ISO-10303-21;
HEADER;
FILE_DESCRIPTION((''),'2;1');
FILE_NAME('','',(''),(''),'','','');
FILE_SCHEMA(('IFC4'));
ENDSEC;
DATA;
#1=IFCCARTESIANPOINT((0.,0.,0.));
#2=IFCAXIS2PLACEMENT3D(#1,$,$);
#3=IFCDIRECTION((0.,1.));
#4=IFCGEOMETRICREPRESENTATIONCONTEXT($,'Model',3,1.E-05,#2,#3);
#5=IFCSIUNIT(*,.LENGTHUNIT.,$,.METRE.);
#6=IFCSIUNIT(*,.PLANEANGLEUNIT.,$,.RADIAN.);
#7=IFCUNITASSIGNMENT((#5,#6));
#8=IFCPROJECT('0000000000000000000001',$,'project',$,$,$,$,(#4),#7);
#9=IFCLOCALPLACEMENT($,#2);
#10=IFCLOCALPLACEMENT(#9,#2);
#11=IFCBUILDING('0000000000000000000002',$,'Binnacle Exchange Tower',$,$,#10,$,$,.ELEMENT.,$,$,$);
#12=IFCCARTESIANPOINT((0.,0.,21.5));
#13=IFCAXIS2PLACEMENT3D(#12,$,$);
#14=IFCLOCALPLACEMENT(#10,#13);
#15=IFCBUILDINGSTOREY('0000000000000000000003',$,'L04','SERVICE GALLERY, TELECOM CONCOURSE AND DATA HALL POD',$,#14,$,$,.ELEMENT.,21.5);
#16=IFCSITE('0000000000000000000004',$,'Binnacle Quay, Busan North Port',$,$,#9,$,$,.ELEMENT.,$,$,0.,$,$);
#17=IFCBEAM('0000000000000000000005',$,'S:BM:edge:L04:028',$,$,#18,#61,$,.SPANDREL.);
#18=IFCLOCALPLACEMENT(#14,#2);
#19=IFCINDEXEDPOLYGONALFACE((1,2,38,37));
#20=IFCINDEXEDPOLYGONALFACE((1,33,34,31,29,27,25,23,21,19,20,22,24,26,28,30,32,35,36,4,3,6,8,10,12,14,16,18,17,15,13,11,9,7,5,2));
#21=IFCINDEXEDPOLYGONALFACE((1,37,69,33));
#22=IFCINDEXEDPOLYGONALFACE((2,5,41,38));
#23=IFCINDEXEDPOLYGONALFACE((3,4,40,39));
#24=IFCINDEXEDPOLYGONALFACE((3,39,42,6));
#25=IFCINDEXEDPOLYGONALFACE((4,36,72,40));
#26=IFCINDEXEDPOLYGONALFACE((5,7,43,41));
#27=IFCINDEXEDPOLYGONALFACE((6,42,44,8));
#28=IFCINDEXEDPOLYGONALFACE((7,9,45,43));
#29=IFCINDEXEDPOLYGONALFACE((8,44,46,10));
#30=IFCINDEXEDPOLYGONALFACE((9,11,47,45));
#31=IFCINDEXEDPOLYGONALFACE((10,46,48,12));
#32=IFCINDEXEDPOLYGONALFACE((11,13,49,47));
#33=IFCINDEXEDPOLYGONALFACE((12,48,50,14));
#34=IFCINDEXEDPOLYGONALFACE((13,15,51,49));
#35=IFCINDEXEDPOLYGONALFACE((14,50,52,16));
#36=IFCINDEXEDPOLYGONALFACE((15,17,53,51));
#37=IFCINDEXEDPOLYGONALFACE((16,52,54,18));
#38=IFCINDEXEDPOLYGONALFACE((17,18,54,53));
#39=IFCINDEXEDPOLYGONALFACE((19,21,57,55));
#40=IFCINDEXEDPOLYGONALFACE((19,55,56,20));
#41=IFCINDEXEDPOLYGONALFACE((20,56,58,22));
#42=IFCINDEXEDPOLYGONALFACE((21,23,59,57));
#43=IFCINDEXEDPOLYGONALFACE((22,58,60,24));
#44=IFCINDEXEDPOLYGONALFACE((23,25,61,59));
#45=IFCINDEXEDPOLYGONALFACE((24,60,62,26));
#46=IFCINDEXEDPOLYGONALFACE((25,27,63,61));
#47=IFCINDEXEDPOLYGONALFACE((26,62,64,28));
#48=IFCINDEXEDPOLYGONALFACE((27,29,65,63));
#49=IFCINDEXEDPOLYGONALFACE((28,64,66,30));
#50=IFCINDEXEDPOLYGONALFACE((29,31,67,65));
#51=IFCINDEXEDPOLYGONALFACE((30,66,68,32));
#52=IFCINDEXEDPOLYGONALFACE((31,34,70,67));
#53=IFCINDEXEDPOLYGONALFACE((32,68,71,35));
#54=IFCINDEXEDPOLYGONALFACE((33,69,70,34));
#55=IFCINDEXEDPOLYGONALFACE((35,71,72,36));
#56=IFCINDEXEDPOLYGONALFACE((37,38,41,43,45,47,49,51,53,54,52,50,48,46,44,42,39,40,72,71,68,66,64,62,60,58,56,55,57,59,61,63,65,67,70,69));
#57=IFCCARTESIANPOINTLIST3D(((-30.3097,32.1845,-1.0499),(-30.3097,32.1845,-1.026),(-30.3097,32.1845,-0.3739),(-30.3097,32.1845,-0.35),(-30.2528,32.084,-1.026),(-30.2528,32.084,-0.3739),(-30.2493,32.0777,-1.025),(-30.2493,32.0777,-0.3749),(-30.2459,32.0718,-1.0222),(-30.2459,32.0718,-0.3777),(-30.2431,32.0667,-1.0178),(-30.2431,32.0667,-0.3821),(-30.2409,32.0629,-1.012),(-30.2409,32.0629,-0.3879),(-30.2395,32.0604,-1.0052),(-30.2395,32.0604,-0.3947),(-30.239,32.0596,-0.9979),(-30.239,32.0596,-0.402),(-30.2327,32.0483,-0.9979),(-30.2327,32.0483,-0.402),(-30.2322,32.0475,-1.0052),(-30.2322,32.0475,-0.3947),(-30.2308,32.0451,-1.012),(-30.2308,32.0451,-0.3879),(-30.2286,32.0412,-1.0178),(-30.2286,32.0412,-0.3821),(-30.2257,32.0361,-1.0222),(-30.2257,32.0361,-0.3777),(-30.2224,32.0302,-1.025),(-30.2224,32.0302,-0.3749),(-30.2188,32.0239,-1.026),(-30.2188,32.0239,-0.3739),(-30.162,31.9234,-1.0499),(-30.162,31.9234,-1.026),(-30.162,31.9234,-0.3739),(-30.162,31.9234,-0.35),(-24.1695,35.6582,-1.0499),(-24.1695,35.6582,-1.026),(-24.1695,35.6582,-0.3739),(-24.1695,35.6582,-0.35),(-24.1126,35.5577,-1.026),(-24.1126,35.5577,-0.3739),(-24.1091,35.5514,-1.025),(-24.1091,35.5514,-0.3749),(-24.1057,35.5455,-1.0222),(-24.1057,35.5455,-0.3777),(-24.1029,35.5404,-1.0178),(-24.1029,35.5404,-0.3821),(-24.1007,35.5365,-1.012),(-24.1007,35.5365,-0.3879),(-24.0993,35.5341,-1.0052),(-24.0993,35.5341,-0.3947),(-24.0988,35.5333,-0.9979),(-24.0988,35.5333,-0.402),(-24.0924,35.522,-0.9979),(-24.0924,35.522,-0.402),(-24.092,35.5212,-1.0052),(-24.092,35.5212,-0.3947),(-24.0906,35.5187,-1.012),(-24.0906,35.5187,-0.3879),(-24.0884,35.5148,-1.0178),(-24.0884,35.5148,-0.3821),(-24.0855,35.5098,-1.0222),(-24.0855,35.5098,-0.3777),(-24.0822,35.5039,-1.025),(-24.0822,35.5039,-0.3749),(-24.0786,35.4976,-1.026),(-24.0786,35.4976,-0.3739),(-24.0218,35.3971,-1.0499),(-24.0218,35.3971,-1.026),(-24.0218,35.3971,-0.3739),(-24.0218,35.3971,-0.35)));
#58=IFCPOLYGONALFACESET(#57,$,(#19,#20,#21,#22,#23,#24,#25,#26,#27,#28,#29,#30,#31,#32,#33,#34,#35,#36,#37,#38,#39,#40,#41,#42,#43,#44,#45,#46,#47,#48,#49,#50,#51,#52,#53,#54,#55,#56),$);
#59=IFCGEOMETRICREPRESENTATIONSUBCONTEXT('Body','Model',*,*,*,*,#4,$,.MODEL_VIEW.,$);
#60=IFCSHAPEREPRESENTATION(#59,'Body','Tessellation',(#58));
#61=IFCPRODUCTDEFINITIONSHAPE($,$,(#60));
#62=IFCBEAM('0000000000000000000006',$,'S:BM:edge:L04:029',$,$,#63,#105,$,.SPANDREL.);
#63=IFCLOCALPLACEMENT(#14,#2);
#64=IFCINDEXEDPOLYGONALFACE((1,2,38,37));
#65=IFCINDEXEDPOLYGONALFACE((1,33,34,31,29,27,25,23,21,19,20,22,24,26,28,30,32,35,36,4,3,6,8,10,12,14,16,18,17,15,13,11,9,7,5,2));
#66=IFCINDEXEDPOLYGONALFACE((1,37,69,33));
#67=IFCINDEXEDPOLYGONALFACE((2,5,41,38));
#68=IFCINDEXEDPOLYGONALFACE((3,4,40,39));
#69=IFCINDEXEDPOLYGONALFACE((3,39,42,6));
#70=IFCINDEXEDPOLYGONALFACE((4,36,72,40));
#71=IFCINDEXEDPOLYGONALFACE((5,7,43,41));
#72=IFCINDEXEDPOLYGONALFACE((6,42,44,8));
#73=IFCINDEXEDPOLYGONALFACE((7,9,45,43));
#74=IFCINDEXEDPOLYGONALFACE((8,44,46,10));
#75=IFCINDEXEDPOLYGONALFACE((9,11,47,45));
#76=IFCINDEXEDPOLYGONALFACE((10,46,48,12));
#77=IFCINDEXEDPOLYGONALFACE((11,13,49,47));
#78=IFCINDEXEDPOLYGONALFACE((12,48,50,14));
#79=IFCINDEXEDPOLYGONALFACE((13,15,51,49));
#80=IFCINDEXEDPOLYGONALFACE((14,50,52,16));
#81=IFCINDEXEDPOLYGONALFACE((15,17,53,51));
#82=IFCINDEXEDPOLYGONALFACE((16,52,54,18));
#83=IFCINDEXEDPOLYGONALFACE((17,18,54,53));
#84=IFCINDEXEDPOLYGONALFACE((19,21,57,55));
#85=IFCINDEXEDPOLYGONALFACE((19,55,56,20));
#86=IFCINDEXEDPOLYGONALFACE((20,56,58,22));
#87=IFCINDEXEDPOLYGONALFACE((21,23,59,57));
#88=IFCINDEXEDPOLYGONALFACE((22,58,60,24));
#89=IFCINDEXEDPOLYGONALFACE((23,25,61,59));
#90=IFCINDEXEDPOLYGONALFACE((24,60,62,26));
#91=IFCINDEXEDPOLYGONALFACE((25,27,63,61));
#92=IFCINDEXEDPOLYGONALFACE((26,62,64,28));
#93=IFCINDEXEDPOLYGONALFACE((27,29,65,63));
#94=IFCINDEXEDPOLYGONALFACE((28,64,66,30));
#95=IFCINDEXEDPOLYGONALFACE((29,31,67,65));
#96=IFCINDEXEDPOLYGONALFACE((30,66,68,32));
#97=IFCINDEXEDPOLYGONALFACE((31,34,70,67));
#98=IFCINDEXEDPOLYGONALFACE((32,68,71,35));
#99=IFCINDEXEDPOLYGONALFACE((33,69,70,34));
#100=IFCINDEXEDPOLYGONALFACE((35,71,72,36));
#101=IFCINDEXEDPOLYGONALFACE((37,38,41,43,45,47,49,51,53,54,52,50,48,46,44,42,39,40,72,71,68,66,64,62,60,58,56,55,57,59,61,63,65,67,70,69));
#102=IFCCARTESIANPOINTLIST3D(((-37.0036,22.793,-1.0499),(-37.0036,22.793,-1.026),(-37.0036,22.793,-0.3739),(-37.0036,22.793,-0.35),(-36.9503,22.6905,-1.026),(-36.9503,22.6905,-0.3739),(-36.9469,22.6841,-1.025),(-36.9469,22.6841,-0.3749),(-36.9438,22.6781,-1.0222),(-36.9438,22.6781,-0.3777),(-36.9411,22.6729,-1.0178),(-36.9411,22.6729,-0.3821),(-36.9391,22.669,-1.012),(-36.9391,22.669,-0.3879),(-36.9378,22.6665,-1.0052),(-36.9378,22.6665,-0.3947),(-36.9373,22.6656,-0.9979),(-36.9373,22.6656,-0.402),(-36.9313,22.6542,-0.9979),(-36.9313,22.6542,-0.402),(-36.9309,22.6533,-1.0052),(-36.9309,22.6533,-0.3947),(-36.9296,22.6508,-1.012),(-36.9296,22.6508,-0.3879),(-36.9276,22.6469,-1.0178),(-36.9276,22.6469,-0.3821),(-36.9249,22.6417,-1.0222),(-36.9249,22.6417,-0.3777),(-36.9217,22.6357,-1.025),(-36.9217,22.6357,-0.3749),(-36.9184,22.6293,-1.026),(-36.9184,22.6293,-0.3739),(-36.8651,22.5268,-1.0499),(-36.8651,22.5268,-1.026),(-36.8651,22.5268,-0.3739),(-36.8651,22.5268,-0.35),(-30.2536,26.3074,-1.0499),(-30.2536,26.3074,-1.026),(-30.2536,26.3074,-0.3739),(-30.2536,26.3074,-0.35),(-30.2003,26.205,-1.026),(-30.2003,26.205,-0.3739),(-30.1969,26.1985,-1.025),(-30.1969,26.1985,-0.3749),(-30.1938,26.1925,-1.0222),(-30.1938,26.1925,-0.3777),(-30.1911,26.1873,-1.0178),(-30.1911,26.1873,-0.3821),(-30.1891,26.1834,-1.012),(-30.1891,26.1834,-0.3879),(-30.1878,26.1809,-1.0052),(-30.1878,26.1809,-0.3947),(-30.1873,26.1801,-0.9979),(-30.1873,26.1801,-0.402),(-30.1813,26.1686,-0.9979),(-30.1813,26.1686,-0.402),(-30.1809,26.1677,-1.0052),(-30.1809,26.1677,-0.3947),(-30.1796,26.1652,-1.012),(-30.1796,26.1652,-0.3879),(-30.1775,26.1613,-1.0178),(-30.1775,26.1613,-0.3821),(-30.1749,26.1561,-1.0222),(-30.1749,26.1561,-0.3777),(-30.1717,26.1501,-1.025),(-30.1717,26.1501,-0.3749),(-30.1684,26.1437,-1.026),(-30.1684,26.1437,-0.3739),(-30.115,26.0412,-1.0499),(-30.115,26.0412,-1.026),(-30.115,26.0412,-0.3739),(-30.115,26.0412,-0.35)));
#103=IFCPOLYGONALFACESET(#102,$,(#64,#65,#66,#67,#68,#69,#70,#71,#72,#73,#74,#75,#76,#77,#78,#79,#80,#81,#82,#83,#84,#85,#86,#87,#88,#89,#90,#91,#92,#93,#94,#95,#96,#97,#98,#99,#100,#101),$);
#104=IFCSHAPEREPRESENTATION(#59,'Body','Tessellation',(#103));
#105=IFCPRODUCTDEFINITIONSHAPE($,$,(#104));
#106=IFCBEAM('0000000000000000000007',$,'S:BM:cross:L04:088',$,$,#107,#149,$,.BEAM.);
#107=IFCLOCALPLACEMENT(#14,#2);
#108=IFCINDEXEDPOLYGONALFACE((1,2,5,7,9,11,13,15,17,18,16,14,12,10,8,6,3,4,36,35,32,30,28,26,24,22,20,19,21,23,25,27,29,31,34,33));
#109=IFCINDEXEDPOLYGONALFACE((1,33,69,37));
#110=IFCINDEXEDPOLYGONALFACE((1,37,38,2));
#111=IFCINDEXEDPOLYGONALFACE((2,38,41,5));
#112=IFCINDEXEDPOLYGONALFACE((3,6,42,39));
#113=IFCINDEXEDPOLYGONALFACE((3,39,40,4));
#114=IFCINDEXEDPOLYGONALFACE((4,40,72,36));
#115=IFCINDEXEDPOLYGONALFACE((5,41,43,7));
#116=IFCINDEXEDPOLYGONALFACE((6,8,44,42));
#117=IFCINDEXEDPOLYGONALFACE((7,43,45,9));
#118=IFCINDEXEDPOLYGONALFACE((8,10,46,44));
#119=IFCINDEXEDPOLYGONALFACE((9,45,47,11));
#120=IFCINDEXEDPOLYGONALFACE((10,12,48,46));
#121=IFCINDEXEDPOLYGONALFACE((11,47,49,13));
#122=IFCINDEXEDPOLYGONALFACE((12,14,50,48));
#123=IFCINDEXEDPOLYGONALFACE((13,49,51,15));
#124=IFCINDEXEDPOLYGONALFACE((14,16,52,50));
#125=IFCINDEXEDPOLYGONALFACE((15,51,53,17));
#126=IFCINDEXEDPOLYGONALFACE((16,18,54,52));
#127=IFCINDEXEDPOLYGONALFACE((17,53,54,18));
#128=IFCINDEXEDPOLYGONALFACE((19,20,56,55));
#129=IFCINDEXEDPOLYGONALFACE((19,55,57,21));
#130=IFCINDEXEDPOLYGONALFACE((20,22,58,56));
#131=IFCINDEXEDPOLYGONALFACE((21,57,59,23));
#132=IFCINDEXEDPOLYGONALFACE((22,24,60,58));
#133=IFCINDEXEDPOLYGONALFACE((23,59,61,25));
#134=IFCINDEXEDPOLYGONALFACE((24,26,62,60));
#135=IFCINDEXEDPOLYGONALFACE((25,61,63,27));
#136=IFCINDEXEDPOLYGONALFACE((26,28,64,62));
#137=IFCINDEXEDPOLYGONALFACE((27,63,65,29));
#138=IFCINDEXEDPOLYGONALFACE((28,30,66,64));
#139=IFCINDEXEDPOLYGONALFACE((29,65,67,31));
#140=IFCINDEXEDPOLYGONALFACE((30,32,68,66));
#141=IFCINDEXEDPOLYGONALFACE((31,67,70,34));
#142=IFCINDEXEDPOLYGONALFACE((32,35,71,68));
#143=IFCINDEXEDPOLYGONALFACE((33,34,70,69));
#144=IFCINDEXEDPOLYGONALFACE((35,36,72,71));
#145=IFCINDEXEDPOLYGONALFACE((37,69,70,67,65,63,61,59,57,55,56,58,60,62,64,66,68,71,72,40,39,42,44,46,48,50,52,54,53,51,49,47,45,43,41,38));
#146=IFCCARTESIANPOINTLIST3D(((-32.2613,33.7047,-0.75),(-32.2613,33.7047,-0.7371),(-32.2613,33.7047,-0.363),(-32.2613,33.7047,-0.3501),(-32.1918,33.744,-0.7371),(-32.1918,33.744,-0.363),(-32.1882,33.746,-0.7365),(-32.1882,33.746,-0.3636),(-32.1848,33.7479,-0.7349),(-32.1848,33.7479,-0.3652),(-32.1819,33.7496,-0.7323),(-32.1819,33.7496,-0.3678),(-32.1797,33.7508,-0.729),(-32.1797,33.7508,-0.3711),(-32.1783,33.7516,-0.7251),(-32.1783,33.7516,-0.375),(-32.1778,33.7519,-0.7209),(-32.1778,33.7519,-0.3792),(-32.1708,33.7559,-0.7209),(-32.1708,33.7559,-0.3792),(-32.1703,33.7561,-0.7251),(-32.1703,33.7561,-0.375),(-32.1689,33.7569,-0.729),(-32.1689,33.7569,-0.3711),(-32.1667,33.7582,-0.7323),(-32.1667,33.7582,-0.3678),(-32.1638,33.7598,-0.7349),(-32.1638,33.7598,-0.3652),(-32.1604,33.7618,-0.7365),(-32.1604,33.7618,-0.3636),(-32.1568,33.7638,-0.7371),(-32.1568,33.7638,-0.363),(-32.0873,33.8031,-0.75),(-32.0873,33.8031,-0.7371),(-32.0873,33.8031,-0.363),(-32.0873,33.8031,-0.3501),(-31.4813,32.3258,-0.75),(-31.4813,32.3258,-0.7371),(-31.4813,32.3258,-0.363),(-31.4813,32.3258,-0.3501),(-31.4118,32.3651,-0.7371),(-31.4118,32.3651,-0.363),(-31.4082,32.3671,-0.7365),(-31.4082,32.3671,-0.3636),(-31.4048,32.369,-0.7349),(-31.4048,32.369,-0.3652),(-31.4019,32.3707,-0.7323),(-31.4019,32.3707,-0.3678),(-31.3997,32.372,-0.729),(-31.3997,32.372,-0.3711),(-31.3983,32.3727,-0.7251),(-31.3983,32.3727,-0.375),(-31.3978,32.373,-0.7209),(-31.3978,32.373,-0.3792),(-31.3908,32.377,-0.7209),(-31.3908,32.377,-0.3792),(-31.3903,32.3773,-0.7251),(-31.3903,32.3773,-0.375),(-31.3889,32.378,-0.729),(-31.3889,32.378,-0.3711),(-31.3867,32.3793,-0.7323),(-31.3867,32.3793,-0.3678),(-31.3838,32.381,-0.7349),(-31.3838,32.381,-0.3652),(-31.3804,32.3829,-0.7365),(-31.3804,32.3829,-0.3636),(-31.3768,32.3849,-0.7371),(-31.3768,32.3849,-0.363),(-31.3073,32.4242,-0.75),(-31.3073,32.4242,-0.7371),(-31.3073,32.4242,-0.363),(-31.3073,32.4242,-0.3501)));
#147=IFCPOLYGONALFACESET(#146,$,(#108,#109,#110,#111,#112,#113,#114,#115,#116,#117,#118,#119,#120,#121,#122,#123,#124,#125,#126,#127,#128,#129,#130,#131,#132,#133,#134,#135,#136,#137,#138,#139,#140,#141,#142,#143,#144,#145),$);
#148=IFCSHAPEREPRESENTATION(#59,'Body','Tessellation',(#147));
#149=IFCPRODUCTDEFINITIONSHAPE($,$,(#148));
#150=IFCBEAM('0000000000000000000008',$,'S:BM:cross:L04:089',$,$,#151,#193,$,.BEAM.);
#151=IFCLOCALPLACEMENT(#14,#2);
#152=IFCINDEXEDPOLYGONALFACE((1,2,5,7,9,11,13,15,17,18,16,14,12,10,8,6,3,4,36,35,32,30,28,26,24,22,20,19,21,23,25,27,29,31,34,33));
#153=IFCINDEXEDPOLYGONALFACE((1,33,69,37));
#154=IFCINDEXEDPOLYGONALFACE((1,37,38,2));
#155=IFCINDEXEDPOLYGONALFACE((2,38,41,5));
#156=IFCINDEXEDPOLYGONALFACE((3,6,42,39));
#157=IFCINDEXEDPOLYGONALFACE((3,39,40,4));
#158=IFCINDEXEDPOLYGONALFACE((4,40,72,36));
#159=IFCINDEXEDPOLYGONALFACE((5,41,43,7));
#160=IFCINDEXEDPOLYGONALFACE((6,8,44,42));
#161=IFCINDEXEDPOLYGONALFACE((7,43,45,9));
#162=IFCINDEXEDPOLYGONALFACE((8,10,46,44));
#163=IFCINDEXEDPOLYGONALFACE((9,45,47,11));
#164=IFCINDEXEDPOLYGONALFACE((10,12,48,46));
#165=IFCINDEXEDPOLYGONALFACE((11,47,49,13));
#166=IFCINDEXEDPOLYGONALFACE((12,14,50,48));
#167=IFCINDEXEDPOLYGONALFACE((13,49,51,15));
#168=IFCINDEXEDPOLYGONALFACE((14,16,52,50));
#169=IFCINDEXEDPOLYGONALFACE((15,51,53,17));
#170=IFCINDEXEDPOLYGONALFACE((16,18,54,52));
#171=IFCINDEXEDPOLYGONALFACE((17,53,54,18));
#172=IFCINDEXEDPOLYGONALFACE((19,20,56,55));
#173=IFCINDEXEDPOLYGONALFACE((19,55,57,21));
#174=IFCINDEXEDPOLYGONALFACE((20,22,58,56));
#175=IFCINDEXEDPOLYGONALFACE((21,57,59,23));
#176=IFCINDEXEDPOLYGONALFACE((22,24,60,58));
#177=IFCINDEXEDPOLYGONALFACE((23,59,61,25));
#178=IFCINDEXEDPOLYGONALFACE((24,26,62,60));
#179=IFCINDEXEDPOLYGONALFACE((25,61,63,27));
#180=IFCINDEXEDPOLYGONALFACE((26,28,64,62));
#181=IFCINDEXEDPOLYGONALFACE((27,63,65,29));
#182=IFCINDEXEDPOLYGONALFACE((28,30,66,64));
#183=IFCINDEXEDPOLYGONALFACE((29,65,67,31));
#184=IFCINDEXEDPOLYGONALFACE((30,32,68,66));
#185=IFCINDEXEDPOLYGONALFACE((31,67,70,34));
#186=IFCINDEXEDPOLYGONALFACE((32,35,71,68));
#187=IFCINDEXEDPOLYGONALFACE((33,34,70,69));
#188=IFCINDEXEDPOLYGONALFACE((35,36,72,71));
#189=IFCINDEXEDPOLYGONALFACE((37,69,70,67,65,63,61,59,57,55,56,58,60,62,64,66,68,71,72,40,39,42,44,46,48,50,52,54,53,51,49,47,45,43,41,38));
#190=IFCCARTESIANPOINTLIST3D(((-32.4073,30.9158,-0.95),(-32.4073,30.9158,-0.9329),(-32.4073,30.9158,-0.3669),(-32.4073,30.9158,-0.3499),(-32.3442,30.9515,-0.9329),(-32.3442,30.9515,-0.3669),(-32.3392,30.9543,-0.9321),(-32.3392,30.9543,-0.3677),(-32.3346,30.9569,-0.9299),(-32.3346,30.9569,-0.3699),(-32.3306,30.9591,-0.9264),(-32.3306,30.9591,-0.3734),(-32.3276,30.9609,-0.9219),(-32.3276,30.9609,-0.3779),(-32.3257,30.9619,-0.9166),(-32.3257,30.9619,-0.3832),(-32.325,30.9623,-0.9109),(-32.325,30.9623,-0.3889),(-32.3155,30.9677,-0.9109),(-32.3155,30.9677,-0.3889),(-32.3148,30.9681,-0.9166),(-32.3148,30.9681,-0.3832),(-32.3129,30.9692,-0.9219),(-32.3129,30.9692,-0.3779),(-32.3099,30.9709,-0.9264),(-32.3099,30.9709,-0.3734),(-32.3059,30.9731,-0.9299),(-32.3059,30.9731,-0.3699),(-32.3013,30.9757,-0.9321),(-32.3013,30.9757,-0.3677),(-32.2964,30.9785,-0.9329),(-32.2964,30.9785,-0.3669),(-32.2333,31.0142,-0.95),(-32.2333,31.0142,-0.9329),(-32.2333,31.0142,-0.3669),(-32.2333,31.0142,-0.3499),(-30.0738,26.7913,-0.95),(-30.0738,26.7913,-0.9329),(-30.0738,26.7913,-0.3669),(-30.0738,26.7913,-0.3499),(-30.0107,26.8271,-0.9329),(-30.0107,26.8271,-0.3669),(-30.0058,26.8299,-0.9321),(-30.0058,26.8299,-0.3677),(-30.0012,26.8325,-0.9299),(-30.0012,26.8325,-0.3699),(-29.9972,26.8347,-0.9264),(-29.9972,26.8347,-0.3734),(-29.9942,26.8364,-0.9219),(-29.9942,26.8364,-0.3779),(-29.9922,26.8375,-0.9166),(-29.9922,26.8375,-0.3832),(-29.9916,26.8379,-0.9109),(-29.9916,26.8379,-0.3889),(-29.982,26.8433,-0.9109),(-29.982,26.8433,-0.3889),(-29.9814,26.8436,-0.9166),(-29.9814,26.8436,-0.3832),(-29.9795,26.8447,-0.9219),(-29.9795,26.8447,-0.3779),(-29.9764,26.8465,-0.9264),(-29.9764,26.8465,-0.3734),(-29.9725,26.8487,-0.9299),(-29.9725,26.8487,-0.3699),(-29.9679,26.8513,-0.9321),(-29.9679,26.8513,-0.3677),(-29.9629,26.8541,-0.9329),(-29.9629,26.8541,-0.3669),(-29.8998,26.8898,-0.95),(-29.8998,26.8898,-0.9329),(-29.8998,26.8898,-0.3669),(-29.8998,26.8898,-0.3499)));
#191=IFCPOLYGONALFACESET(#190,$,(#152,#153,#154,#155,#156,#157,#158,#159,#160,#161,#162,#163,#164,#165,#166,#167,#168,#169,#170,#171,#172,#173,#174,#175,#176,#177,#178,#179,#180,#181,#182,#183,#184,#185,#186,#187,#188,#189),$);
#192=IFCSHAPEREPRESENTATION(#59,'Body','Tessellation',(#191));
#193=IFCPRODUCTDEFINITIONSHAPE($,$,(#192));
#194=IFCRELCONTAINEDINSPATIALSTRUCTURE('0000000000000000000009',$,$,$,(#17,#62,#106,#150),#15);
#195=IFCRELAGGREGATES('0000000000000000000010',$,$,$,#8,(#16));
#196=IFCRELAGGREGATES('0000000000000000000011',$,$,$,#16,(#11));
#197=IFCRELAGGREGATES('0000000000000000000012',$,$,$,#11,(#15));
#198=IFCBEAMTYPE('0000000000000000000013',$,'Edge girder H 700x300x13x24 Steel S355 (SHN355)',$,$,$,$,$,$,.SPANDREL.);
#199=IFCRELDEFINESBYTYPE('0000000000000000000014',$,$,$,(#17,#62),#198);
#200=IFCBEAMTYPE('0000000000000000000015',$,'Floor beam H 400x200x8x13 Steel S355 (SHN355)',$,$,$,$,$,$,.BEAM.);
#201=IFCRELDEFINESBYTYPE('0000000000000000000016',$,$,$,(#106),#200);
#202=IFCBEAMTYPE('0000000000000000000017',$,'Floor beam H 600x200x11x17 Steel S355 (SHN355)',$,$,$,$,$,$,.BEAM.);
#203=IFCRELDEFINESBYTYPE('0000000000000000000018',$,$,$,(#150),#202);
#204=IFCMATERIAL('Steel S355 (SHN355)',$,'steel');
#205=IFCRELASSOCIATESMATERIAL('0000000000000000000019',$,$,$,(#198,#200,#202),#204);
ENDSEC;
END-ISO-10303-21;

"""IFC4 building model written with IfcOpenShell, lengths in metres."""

from ifc_helpers import new_model, si_unit, direction, frame, origin, origin_2d, place, context, subcontext, project, spatial, i_section, extrude, material, material_profile, profile_set, type_object, element, save


model = new_model("IFC4")

# Units and contexts
model_context = context("Model", 3, precision=1e-05, world=origin(), true_north=direction((0.0, 1.0)))
body_context = subcontext(model_context, "Body", "Model", "MODEL_VIEW")
ifc_project = project(units=[si_unit("LENGTHUNIT", "METRE"), si_unit("PLANEANGLEUNIT", "RADIAN")], contexts=[model_context])

# Site, building, storey
site_placement = place(None, origin())
site = spatial("IfcSite", under=ifc_project, at=site_placement, Name="Binnacle Quay, Busan North Port", CompositionType="ELEMENT", RefElevation=0.0)
building_placement = place(site_placement, origin())
building = spatial("IfcBuilding", under=site, at=building_placement, Name="Binnacle Exchange Tower", CompositionType="ELEMENT")
storey_placement = place(building_placement, frame((0.0, 0.0, 21.5)))
storey = spatial("IfcBuildingStorey", under=building, at=storey_placement, Name="L04", Description="SERVICE GALLERY, TELECOM CONCOURSE AND DATA HALL POD", CompositionType="ELEMENT", Elevation=21.5)

# Beams
ifc_material_1 = material(Name="Steel S355 (SHN355)", Category="steel")
ifc_material_profile_1 = material_profile(ifc_material_1, i_section(OverallWidth=0.3, OverallDepth=0.7, WebThickness=0.0129, FlangeThickness=0.0239, FilletRadius=0.0281, at=origin_2d()), Name="H 700x300x13x24")
ifc_profile_set_1 = profile_set([ifc_material_profile_1], Name="Steel S355 (SHN355)")
beam_type_1 = type_object("IfcBeamType", Name="Edge girder H 700x300x13x24 Steel S355 (SHN355)", PredefinedType="SPANDREL", material=ifc_profile_set_1)
beam_1_placement = place(storey_placement, frame((-30.2358, 32.054, -0.7), z_axis=(0.870373, 0.492392, 0.0), x_axis=(-0.492392, 0.870373, 0.0)))
element("IfcBeam", 1, at=beam_1_placement, inside=storey, type_object=beam_type_1, Name="S:BM:edge:L04:028", PredefinedType="SPANDREL", context=body_context, shape_type="SweptSolid", body=[
    extrude(i_section(OverallWidth=0.3, OverallDepth=0.7, WebThickness=0.0129, FlangeThickness=0.0239, FilletRadius=0.0281, at=origin_2d()), origin(), (0.0, 0.0, 1.0), 7.0547),
])
beam_2_placement = place(storey_placement, frame((-30.1843, 26.1743, -0.7), z_axis=(-0.88698, -0.461808, 0.0), x_axis=(0.461808, -0.88698, 0.0)))
element("IfcBeam", 2, at=beam_2_placement, inside=storey, type_object=beam_type_1, Name="S:BM:edge:L04:029", PredefinedType="SPANDREL", context=body_context, shape_type="SweptSolid", body=[
    extrude(i_section(OverallWidth=0.3, OverallDepth=0.7, WebThickness=0.0129, FlangeThickness=0.0239, FilletRadius=0.0281, at=origin_2d()), origin(), (0.0, 0.0, 1.0), 7.6101),
])
ifc_material_profile_2 = material_profile(ifc_material_1, i_section(OverallWidth=0.2, OverallDepth=0.3999, WebThickness=0.0081, FlangeThickness=0.0129, FilletRadius=0.0161, at=origin_2d()), Name="H 400x200x8x13")
ifc_profile_set_2 = profile_set([ifc_material_profile_2], Name="Steel S355 (SHN355)")
beam_type_2 = type_object("IfcBeamType", Name="Floor beam H 400x200x8x13 Steel S355 (SHN355)", PredefinedType="BEAM", material=ifc_profile_set_2)
beam_3_placement = place(storey_placement, frame((-31.3943, 32.375, -0.55), z_axis=(-0.492367, 0.870388, 0.0), x_axis=(-0.870388, -0.492367, 0.0)))
element("IfcBeam", 3, at=beam_3_placement, inside=storey, type_object=beam_type_2, Name="S:BM:cross:L04:088", PredefinedType="BEAM", context=body_context, shape_type="SweptSolid", body=[
    extrude(i_section(OverallWidth=0.2, OverallDepth=0.3999, WebThickness=0.0081, FlangeThickness=0.0129, FilletRadius=0.0161, at=origin_2d()), origin(), (0.0, 0.0, 1.0), 1.5842),
])
ifc_material_profile_3 = material_profile(ifc_material_1, i_section(OverallWidth=0.2, OverallDepth=0.6001, WebThickness=0.011, FlangeThickness=0.0171, FilletRadius=0.022, at=origin_2d()), Name="H 600x200x11x17")
ifc_profile_set_3 = profile_set([ifc_material_profile_3], Name="Steel S355 (SHN355)")
beam_type_3 = type_object("IfcBeamType", Name="Floor beam H 600x200x11x17 Steel S355 (SHN355)", PredefinedType="BEAM", material=ifc_profile_set_3)
beam_4_placement = place(storey_placement, frame((-29.9868, 26.8406, -0.6499), z_axis=(-0.492417, 0.870359, 0.0), x_axis=(-0.870359, -0.492417, 0.0)))
element("IfcBeam", 4, at=beam_4_placement, inside=storey, type_object=beam_type_3, Name="S:BM:cross:L04:089", PredefinedType="BEAM", context=body_context, shape_type="SweptSolid", body=[
    extrude(i_section(OverallWidth=0.2, OverallDepth=0.6001, WebThickness=0.011, FlangeThickness=0.0171, FilletRadius=0.022, at=origin_2d()), origin(), (0.0, 0.0, 1.0), 4.7388),
])

save(model, "model.ifc")
